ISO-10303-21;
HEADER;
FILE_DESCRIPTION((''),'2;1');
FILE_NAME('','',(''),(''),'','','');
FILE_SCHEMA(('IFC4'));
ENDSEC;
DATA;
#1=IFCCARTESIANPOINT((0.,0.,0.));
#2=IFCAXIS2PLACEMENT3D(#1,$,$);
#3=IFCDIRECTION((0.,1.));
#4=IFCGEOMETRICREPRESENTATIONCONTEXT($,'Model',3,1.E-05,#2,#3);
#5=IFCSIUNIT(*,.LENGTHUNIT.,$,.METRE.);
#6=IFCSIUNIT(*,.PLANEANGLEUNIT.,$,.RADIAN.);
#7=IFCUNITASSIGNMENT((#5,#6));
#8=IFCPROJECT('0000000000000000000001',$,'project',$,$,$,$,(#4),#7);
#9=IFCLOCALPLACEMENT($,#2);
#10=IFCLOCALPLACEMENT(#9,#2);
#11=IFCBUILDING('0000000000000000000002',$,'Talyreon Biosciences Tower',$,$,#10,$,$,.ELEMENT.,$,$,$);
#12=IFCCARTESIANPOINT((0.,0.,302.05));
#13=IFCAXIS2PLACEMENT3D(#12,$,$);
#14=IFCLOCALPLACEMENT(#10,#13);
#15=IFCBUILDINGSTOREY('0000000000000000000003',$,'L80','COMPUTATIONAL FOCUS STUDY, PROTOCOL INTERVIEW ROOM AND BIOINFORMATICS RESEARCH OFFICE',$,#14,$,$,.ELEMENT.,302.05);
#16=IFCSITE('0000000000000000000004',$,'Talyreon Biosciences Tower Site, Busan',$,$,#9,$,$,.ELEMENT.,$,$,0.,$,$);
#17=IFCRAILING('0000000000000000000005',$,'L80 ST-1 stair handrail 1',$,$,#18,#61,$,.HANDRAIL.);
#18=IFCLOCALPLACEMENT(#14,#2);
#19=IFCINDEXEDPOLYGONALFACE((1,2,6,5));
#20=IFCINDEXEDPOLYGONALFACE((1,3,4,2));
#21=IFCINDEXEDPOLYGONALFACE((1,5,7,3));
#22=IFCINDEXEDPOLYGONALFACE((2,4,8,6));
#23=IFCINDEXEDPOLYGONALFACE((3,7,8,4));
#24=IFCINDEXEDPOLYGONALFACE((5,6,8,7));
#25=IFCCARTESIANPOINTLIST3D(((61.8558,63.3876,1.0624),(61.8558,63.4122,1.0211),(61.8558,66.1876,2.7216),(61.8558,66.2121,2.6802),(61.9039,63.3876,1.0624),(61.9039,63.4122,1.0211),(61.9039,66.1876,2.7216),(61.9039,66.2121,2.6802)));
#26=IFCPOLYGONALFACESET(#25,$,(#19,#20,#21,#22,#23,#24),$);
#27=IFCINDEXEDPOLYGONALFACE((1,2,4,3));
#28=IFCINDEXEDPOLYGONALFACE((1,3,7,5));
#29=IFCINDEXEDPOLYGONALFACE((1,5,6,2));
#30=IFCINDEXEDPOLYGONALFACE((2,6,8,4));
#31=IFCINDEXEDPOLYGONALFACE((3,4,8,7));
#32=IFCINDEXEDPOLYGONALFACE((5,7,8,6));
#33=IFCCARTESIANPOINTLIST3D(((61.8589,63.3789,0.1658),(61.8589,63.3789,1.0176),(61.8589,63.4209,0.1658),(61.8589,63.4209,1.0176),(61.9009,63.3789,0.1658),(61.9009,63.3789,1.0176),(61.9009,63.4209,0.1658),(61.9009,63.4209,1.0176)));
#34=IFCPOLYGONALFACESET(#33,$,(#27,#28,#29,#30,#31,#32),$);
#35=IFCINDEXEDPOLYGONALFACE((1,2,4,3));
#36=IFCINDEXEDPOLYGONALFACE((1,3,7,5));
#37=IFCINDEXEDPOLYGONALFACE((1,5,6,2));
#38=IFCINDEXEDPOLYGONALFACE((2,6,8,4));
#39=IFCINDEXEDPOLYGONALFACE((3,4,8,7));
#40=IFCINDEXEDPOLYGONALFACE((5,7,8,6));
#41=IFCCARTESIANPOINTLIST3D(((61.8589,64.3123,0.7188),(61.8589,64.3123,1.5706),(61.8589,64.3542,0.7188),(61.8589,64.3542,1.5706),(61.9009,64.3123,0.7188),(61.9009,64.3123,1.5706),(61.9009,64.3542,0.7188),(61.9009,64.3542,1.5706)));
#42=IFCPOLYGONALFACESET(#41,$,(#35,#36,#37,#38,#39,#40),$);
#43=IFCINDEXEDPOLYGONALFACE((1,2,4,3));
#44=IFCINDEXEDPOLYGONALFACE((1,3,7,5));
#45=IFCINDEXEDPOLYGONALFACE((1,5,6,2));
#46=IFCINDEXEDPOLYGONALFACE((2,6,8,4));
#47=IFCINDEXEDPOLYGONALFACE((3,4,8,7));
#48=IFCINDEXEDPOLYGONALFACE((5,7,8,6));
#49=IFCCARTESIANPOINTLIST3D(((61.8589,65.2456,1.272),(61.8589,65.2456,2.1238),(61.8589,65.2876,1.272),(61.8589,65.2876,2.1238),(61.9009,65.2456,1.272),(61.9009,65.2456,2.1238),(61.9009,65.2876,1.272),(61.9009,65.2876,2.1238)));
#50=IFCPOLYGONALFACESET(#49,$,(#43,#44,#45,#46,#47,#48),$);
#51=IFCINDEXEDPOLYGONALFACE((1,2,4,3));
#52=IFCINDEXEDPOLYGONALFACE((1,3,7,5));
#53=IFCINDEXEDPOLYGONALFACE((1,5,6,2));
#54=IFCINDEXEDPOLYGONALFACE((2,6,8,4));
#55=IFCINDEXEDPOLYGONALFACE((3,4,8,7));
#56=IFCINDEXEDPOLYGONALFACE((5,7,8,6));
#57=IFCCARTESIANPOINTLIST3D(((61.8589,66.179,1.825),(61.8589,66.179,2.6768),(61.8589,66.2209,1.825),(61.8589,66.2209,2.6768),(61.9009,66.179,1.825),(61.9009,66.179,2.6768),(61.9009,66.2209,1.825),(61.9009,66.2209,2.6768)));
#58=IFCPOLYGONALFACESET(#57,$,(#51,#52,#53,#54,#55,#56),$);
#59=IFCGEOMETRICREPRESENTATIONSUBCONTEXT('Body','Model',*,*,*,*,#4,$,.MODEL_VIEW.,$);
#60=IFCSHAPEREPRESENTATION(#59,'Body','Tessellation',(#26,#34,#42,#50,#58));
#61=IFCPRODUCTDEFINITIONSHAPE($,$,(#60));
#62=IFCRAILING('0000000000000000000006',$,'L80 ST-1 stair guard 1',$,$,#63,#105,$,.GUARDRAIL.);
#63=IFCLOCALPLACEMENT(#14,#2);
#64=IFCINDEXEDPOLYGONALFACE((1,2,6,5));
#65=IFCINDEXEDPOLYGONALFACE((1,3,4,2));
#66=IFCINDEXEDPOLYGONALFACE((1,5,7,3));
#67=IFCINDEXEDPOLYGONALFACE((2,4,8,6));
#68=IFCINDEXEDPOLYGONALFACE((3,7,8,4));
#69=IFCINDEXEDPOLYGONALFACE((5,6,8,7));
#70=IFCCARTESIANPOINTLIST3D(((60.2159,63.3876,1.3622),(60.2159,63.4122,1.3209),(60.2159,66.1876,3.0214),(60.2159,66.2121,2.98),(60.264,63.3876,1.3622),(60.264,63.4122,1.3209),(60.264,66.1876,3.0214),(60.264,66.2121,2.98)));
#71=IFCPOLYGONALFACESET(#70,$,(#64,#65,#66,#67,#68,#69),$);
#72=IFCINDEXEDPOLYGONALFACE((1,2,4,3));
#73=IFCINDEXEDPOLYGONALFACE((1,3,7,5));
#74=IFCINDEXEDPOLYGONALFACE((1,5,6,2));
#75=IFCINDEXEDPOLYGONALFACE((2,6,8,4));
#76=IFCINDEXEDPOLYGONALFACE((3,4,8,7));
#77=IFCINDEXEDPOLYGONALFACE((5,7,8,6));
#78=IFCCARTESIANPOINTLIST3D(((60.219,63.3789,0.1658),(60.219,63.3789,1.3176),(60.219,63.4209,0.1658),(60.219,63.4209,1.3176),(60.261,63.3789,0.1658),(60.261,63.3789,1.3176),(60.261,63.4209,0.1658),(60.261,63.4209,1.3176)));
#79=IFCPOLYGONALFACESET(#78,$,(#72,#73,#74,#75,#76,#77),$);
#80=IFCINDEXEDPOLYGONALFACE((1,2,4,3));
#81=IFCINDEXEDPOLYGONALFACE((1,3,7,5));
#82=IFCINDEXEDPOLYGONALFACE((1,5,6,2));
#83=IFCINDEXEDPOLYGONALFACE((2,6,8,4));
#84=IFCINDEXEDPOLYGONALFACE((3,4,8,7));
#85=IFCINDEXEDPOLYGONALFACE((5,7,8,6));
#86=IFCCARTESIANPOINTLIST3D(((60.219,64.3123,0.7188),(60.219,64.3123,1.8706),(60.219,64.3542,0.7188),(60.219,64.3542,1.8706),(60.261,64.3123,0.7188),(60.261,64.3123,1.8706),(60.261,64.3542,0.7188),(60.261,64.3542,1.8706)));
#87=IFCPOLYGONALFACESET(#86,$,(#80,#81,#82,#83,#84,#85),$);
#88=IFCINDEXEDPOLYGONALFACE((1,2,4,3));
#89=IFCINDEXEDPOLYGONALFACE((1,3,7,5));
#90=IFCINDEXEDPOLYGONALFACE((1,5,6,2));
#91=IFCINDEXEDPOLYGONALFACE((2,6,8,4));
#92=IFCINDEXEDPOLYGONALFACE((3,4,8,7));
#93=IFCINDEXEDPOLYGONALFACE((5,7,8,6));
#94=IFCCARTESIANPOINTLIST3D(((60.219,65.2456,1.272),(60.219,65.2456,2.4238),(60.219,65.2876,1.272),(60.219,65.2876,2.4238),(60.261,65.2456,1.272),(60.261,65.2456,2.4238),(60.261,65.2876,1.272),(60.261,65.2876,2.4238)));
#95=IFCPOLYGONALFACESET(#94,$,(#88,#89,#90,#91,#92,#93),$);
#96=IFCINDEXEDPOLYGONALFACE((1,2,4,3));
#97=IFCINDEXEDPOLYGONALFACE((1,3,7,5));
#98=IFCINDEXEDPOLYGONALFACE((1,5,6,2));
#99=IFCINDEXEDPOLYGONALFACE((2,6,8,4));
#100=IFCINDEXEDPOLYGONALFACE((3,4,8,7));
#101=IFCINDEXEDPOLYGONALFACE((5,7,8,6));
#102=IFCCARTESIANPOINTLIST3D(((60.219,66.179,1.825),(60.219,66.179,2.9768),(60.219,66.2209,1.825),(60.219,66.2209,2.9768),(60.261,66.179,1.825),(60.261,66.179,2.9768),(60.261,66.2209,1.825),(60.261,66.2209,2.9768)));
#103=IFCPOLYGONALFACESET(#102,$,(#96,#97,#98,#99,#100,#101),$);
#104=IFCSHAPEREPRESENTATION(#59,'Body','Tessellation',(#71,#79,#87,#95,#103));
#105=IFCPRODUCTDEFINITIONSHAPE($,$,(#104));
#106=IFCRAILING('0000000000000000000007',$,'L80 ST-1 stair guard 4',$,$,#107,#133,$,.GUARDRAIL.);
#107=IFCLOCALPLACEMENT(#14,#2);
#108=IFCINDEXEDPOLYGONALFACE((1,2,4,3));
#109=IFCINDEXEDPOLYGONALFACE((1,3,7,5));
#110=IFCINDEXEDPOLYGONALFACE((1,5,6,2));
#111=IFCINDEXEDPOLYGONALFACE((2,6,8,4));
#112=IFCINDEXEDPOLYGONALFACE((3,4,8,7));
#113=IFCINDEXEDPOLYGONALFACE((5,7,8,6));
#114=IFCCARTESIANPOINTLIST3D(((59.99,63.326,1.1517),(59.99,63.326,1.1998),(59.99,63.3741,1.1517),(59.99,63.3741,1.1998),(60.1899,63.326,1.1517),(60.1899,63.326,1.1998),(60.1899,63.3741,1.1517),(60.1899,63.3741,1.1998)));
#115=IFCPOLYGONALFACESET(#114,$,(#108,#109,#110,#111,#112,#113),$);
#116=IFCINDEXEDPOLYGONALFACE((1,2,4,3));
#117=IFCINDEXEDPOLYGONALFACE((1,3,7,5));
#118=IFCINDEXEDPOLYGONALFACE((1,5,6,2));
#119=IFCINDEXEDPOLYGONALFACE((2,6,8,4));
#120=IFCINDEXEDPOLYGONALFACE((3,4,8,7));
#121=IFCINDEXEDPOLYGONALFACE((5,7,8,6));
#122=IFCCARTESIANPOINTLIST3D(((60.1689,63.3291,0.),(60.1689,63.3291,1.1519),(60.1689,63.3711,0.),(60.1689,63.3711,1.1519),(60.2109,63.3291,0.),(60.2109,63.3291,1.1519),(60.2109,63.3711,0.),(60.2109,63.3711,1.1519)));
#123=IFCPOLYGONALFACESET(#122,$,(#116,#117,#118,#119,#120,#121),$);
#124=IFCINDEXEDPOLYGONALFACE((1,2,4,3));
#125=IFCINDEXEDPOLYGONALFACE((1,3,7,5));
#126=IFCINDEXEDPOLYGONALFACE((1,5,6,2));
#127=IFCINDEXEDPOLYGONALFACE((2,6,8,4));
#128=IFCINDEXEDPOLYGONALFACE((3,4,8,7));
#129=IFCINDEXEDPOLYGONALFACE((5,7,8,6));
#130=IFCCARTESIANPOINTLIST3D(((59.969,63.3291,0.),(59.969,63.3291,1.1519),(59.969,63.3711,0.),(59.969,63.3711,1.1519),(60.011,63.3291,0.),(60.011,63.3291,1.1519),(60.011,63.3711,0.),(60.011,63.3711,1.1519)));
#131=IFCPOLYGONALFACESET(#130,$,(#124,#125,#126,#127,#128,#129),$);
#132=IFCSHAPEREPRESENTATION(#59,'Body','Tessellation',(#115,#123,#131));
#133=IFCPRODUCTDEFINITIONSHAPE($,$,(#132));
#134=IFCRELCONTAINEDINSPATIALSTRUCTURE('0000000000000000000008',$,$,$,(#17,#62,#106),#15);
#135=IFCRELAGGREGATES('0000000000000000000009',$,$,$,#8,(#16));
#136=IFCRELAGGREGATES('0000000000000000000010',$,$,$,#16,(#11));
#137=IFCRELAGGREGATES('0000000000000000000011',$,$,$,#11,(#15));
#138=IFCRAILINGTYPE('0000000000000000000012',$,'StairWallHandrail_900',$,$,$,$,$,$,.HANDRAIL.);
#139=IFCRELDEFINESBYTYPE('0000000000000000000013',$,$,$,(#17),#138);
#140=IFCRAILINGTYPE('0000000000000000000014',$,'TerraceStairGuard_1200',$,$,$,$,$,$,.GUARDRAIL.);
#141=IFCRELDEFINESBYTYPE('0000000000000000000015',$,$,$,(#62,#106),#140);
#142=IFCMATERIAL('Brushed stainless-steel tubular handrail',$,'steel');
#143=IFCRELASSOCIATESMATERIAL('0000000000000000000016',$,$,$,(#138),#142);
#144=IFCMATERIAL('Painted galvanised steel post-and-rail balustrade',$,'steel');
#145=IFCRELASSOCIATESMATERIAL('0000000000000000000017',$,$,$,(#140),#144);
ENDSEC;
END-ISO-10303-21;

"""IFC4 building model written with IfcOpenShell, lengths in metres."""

from ifc_helpers import new_model, si_unit, direction, frame, origin, origin_2d, place, context, subcontext, project, spatial, rectangle, extrude, material, type_object, element, save


model = new_model("IFC4")

# Units and contexts
model_context = context("Model", 3, precision=1e-05, world=origin(), true_north=direction((0.0, 1.0)))
body_context = subcontext(model_context, "Body", "Model", "MODEL_VIEW")
ifc_project = project(units=[si_unit("LENGTHUNIT", "METRE"), si_unit("PLANEANGLEUNIT", "RADIAN")], contexts=[model_context])

# Site, building, storey
site_placement = place(None, origin())
site = spatial("IfcSite", under=ifc_project, at=site_placement, Name="Talyreon Biosciences Tower Site, Busan", CompositionType="ELEMENT", RefElevation=0.0)
building_placement = place(site_placement, origin())
building = spatial("IfcBuilding", under=site, at=building_placement, Name="Talyreon Biosciences Tower", CompositionType="ELEMENT")
storey_placement = place(building_placement, frame((0.0, 0.0, 302.05)))
storey = spatial("IfcBuildingStorey", under=building, at=storey_placement, Name="L80", Description="COMPUTATIONAL FOCUS STUDY, PROTOCOL INTERVIEW ROOM AND BIOINFORMATICS RESEARCH OFFICE", CompositionType="ELEMENT", Elevation=302.05)

# Railings
ifc_material_1 = material(Name="Brushed stainless-steel tubular handrail", Category="steel")
railing_type_1 = type_object("IfcRailingType", Name="StairWallHandrail_900", PredefinedType="HANDRAIL", material=ifc_material_1)
railing_1_placement = place(storey_placement, frame((61.8799, 63.3999, 0.1658)))
element("IfcRailing", 1, at=railing_1_placement, inside=storey, type_object=railing_type_1, Name="L80 ST-1 stair handrail 1", PredefinedType="HANDRAIL", context=body_context, shape_type="SweptSolid", body=[
    extrude(rectangle(XDim=0.0481, YDim=0.0481, at=origin_2d()), frame((0.0, 0.0, 0.876), z_axis=(0.0, 0.860306, 0.509778), x_axis=(-1.0, 0.0, 0.0)), (0.0, 0.0, 1.0), 3.2546),
    extrude(rectangle(XDim=0.042, YDim=0.042, at=origin_2d()), origin(), (0.0, 0.0, 1.0), 0.8518),
    extrude(rectangle(XDim=0.042, YDim=0.042, at=origin_2d()), frame((0.0, 0.9333, 0.553)), (0.0, 0.0, 1.0), 0.8518),
    extrude(rectangle(XDim=0.042, YDim=0.042, at=origin_2d()), frame((0.0, 1.8667, 1.1062)), (0.0, 0.0, 1.0), 0.8518),
    extrude(rectangle(XDim=0.042, YDim=0.042, at=origin_2d()), frame((0.0, 2.8, 1.6592)), (0.0, 0.0, 1.0), 0.8518),
])
ifc_material_2 = material(Name="Painted galvanised steel post-and-rail balustrade", Category="steel")
railing_type_2 = type_object("IfcRailingType", Name="TerraceStairGuard_1200", PredefinedType="GUARDRAIL", material=ifc_material_2)
railing_2_placement = place(storey_placement, frame((60.24, 63.3999, 0.1658)))
element("IfcRailing", 2, at=railing_2_placement, inside=storey, type_object=railing_type_2, Name="L80 ST-1 stair guard 1", PredefinedType="GUARDRAIL", context=body_context, shape_type="SweptSolid", body=[
    extrude(rectangle(XDim=0.0481, YDim=0.0481, at=origin_2d()), frame((0.0, 0.0, 1.1758), z_axis=(0.0, 0.860306, 0.509778), x_axis=(-1.0, 0.0, 0.0)), (0.0, 0.0, 1.0), 3.2546),
    extrude(rectangle(XDim=0.042, YDim=0.042, at=origin_2d()), origin(), (0.0, 0.0, 1.0), 1.1519),
    extrude(rectangle(XDim=0.042, YDim=0.042, at=origin_2d()), frame((0.0, 0.9333, 0.553)), (0.0, 0.0, 1.0), 1.1519),
    extrude(rectangle(XDim=0.042, YDim=0.042, at=origin_2d()), frame((0.0, 1.8667, 1.1062)), (0.0, 0.0, 1.0), 1.1519),
    extrude(rectangle(XDim=0.042, YDim=0.042, at=origin_2d()), frame((0.0, 2.8, 1.6592)), (0.0, 0.0, 1.0), 1.1519),
])
railing_3_placement = place(storey_placement, frame((60.1899, 63.3501, 0.0)))
element("IfcRailing", 3, at=railing_3_placement, inside=storey, type_object=railing_type_2, Name="L80 ST-1 stair guard 4", PredefinedType="GUARDRAIL", context=body_context, shape_type="SweptSolid", body=[
    extrude(rectangle(XDim=0.0481, YDim=0.0481, at=origin_2d()), frame((0.0, 0.0, 1.1758), z_axis=(-1.0, 0.0, 0.0), x_axis=(0.0, -1.0, 0.0)), (0.0, 0.0, 1.0), 0.2),
    extrude(rectangle(XDim=0.042, YDim=0.042, at=origin_2d()), origin(), (0.0, 0.0, 1.0), 1.1519),
    extrude(rectangle(XDim=0.042, YDim=0.042, at=origin_2d()), frame((-0.2, 0.0, 0.0)), (0.0, 0.0, 1.0), 1.1519),
])

save(model, "model.ifc")
